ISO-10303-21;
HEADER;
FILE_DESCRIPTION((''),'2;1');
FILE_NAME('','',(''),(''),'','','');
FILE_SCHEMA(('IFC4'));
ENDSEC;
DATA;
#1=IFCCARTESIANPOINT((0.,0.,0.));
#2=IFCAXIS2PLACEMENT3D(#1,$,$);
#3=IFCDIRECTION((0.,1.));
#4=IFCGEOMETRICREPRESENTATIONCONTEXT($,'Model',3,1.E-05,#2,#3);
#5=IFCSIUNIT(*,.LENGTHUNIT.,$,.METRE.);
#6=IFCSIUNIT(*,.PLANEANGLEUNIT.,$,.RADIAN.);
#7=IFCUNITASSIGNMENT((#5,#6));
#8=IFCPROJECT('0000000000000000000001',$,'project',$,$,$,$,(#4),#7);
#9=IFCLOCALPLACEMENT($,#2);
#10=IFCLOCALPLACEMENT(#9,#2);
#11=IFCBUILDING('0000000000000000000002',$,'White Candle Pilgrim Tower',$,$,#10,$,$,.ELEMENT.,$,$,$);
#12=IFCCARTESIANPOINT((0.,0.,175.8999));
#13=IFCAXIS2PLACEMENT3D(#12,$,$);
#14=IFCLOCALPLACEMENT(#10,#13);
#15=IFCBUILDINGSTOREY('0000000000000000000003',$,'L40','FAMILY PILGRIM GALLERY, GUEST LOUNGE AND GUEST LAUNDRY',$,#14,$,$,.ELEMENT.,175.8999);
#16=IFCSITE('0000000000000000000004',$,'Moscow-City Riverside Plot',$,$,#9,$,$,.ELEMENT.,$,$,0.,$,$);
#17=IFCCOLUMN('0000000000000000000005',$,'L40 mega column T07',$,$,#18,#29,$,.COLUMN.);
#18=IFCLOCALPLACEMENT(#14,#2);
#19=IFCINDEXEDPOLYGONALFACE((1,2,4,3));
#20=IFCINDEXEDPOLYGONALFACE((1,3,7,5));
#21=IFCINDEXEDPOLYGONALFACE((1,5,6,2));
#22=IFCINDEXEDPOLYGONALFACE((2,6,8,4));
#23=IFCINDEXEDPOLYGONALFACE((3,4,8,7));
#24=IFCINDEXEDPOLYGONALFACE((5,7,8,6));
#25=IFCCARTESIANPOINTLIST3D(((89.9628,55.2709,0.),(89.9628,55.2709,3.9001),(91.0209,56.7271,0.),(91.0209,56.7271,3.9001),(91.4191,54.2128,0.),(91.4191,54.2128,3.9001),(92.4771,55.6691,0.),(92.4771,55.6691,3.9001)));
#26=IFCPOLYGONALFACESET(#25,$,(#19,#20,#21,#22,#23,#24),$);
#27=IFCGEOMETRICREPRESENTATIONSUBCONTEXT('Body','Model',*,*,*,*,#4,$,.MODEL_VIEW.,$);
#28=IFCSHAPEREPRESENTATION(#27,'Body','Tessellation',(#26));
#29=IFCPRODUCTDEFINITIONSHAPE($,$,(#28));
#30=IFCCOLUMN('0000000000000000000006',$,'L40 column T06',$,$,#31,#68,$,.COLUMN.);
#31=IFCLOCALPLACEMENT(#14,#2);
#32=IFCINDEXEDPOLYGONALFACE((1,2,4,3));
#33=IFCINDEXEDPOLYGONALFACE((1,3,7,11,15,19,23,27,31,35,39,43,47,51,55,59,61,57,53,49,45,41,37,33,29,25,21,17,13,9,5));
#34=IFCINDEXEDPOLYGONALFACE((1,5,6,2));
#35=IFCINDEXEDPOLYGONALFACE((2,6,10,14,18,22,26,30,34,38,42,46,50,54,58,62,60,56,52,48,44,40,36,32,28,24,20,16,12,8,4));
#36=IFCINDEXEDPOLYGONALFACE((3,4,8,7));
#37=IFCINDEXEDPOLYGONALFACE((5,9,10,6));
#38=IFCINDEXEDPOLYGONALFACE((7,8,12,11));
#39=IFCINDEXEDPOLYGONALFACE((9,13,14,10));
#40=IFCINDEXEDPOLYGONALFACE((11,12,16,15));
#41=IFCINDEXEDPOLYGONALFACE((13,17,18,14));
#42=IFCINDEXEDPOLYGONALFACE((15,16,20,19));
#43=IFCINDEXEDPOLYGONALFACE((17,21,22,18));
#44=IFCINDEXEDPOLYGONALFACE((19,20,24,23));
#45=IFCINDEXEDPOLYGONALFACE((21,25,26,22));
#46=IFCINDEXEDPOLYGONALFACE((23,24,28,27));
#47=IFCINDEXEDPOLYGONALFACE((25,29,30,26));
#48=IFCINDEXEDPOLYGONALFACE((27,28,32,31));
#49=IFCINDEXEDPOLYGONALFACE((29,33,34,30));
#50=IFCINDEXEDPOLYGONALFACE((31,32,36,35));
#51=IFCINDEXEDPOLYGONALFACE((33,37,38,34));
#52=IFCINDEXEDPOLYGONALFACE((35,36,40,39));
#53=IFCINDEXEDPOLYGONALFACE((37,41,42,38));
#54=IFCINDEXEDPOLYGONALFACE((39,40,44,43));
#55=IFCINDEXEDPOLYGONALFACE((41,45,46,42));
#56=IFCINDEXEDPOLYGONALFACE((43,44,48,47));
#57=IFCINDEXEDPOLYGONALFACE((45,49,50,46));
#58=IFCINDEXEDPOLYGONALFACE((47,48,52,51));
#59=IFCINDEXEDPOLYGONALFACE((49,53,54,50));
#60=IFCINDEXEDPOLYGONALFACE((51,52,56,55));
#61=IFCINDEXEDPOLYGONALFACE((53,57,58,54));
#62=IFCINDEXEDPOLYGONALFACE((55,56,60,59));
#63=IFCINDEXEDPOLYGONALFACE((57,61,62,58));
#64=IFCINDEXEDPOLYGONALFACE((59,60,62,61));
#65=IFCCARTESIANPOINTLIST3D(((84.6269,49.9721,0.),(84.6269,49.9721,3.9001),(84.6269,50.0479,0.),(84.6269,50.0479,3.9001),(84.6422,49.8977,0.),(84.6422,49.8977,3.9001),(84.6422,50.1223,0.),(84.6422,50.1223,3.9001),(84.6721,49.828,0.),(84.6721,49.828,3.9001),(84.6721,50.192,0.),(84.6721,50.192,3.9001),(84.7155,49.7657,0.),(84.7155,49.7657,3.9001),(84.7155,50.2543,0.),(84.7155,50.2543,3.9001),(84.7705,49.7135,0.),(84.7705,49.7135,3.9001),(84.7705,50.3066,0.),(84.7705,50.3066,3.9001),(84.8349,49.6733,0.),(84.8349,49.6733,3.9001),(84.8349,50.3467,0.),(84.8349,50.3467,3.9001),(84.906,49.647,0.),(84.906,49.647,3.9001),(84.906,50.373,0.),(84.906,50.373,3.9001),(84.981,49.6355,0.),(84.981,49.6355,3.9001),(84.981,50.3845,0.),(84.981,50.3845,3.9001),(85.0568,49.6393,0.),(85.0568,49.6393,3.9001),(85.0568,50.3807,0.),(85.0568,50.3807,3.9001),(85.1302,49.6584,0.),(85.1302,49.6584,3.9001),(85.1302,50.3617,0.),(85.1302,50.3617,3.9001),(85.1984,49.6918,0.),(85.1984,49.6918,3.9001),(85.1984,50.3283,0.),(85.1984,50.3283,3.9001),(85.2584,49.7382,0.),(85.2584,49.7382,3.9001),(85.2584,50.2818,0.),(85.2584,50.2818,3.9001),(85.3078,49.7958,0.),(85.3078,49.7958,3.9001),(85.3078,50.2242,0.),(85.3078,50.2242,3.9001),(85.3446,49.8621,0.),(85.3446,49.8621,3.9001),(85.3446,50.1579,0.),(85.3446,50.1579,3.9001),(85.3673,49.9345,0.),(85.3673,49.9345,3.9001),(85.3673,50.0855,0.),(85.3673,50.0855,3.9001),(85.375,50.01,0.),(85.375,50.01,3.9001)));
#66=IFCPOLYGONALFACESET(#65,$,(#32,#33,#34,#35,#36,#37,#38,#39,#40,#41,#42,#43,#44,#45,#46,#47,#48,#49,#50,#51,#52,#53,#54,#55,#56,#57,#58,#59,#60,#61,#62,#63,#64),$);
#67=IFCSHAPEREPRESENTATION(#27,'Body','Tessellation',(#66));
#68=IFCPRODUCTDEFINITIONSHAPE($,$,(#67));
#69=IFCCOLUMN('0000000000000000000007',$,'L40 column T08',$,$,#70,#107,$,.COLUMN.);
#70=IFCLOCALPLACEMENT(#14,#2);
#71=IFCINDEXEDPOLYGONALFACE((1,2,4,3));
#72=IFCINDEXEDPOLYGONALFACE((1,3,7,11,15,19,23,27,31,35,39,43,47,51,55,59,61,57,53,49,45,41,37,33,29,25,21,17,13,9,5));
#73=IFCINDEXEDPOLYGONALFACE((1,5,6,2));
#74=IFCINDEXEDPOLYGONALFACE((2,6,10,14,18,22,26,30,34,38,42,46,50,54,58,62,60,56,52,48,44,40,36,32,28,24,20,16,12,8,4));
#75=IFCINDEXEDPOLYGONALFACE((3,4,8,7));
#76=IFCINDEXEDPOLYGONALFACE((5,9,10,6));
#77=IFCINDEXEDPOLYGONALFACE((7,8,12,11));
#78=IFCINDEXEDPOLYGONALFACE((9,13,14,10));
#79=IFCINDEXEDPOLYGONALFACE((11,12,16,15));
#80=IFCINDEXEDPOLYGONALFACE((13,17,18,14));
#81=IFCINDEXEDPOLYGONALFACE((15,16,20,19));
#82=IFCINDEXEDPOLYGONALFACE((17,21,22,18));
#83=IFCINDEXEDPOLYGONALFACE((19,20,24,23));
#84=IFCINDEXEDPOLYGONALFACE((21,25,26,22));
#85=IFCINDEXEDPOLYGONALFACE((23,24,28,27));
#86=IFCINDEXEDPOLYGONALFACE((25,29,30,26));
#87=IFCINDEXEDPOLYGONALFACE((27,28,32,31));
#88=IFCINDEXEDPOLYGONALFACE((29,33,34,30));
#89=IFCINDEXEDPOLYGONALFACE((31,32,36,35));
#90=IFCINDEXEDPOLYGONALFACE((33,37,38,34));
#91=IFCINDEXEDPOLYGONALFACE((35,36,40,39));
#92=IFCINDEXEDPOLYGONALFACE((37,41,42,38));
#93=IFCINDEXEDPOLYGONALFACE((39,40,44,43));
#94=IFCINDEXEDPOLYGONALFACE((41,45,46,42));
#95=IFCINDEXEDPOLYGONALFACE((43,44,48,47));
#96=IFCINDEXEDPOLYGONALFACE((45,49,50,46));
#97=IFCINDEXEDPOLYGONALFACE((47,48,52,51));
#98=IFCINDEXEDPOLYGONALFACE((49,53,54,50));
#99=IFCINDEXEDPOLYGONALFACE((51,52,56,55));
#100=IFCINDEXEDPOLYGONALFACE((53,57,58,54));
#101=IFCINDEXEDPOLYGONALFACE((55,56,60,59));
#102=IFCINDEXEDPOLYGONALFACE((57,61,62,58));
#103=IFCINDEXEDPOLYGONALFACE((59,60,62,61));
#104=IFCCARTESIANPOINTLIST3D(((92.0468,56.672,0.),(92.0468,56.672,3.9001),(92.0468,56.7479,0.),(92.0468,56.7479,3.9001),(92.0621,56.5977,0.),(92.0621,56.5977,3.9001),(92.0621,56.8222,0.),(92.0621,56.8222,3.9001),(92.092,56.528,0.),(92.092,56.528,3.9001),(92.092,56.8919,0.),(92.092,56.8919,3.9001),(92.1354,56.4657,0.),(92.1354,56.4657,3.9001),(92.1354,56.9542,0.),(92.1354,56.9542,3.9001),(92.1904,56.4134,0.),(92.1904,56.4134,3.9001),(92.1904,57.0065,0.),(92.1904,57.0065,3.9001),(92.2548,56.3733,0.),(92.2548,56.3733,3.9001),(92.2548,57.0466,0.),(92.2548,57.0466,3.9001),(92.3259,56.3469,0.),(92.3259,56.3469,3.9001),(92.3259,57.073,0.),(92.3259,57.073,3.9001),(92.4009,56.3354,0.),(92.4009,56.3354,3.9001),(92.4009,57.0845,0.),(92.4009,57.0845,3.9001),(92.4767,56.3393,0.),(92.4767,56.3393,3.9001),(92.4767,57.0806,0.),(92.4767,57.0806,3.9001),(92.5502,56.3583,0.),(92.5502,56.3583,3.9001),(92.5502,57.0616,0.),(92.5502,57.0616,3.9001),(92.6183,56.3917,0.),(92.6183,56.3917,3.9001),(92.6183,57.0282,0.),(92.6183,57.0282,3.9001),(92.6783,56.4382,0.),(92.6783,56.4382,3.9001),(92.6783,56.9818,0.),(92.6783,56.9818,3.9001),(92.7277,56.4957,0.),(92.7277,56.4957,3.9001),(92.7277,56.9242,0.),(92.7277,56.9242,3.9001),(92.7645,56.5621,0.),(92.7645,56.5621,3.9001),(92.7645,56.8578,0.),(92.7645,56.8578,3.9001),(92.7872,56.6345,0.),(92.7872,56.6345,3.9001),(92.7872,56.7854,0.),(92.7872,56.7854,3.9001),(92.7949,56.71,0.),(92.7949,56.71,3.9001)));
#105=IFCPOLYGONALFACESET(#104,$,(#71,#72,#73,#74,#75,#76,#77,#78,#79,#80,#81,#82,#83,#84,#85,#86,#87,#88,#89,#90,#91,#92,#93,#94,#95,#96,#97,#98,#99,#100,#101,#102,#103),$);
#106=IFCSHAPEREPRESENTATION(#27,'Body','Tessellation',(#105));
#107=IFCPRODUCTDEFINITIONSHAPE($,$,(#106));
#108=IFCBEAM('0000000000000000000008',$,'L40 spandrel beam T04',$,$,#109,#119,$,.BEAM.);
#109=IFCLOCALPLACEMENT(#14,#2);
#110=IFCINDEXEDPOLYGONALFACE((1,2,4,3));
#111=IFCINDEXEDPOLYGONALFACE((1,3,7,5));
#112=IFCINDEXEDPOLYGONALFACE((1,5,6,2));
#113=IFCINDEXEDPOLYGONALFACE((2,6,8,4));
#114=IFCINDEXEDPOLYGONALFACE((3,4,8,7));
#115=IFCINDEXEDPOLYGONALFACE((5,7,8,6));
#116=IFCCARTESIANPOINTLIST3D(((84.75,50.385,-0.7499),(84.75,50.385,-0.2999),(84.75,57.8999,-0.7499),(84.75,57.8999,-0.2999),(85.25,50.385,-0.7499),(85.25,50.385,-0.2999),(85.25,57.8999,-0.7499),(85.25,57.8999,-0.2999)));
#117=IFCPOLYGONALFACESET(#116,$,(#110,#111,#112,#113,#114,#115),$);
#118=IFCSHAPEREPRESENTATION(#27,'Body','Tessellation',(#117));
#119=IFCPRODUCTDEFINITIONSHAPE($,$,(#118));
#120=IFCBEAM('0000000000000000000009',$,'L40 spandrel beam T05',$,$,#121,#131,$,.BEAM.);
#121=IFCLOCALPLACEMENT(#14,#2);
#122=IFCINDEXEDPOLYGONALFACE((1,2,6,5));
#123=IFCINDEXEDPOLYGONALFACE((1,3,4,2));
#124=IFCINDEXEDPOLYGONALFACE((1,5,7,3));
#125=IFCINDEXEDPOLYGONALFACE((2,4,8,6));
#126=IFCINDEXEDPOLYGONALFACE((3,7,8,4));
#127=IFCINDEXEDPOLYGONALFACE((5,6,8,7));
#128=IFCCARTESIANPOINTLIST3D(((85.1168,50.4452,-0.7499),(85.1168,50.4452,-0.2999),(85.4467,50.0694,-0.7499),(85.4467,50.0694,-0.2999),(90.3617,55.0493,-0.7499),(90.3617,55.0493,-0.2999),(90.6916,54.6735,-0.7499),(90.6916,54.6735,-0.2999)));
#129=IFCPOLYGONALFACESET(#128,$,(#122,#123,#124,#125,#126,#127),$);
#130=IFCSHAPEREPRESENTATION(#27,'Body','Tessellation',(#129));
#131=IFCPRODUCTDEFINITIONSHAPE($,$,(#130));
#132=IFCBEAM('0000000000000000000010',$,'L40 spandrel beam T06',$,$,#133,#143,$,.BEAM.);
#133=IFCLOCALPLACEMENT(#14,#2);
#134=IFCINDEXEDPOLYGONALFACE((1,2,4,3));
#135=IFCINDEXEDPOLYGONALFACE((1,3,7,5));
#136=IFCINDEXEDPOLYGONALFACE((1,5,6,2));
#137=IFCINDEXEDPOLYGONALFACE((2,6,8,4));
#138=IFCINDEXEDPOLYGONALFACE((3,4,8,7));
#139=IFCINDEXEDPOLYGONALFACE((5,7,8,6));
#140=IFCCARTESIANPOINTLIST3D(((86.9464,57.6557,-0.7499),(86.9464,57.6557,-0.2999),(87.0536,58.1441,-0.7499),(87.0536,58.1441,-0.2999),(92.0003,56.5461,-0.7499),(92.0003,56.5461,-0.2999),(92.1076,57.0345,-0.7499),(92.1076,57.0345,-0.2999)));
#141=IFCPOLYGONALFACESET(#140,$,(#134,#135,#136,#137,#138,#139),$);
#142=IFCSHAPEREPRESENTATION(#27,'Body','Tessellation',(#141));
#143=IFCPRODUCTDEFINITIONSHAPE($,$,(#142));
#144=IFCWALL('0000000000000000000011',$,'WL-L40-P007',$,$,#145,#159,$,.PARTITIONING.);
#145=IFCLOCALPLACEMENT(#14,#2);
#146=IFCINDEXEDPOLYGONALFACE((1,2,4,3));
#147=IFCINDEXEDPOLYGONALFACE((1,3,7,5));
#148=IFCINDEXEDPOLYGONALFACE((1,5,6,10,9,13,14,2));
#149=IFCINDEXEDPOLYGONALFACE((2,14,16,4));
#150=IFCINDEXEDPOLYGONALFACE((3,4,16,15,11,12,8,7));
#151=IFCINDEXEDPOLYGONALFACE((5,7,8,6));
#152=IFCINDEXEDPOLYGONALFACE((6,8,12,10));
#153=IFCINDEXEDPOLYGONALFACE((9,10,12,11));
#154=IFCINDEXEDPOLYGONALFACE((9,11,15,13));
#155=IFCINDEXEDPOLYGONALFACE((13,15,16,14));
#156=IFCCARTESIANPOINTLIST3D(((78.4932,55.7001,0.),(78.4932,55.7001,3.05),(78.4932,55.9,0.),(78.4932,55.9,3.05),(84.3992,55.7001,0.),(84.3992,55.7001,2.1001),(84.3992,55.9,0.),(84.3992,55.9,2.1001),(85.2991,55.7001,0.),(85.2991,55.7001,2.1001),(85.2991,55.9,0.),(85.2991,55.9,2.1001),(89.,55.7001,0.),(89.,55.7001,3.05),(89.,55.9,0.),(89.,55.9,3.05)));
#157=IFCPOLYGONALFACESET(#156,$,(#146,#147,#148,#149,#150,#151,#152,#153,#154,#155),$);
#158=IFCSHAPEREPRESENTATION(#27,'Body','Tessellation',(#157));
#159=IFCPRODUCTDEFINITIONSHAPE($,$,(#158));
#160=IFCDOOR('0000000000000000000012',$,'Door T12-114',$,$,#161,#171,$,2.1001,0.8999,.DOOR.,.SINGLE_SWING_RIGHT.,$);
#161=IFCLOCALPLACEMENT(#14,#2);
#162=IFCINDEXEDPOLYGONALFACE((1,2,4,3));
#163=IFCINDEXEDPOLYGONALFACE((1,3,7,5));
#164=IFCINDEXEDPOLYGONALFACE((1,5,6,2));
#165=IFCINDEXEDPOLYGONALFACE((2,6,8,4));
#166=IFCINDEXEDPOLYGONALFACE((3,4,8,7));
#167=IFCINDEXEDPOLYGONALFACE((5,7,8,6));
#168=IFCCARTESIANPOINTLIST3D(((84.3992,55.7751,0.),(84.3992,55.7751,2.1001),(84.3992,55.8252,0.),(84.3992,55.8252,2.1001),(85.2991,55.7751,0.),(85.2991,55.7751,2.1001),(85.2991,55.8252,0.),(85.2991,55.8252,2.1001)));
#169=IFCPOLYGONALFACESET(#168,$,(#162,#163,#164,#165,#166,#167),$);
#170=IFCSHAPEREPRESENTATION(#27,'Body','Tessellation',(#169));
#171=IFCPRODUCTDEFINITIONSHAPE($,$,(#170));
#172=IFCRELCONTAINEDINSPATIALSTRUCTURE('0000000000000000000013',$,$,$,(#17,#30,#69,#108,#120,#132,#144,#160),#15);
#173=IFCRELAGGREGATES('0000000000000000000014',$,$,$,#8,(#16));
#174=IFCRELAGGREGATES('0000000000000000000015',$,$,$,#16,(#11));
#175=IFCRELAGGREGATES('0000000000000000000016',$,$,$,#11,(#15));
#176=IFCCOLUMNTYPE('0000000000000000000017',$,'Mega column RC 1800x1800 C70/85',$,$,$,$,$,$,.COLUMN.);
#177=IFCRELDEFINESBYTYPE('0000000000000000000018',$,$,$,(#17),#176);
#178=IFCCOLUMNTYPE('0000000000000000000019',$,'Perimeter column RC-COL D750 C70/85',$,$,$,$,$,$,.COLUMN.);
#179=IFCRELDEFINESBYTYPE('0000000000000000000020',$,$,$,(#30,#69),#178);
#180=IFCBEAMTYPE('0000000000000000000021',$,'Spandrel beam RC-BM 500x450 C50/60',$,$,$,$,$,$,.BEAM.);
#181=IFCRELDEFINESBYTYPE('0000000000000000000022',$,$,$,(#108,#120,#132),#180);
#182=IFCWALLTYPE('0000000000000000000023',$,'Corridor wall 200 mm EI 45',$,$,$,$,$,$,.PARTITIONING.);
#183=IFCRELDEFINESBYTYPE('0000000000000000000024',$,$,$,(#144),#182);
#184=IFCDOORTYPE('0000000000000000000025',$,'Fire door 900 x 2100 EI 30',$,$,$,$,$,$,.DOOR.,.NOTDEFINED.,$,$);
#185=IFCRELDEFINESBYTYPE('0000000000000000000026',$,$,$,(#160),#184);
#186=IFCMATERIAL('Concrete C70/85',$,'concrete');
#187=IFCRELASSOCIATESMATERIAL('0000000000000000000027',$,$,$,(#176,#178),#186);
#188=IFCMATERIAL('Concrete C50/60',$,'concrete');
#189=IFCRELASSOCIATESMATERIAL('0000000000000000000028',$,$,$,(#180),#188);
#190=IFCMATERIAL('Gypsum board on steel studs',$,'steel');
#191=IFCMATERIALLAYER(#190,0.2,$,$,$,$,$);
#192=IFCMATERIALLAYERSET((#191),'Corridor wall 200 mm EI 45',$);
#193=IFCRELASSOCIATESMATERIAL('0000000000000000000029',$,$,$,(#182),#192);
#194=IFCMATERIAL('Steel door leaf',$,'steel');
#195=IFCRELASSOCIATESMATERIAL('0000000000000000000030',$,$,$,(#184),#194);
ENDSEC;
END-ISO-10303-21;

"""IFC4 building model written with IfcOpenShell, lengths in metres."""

from ifc_helpers import new_model, si_unit, direction, frame, frame_2d, origin, origin_2d, place, context, subcontext, project, spatial, rectangle, circle, extrude, material, layer, layer_set, material_profile, profile_set, type_object, element, fill, save


model = new_model("IFC4")

# Units and contexts
model_context = context("Model", 3, precision=1e-05, world=origin(), true_north=direction((0.0, 1.0)))
body_context = subcontext(model_context, "Body", "Model", "MODEL_VIEW")
ifc_project = project(units=[si_unit("LENGTHUNIT", "METRE"), si_unit("PLANEANGLEUNIT", "RADIAN")], contexts=[model_context])

# Site, building, storey
site_placement = place(None, origin())
site = spatial("IfcSite", under=ifc_project, at=site_placement, Name="Moscow-City Riverside Plot", CompositionType="ELEMENT", RefElevation=0.0)
building_placement = place(site_placement, origin())
building = spatial("IfcBuilding", under=site, at=building_placement, Name="White Candle Pilgrim Tower", CompositionType="ELEMENT")
storey_placement = place(building_placement, frame((0.0, 0.0, 175.8999)))
storey = spatial("IfcBuildingStorey", under=building, at=storey_placement, Name="L40", Description="FAMILY PILGRIM GALLERY, GUEST LOUNGE AND GUEST LAUNDRY", CompositionType="ELEMENT", Elevation=175.8999)

# Columns
ifc_material_1 = material(Name="Concrete C70/85", Category="concrete")
ifc_material_profile_1 = material_profile(ifc_material_1, rectangle(XDim=1.8, YDim=1.8, at=origin_2d()), Name="RC 1800x1800")
ifc_profile_set_1 = profile_set([ifc_material_profile_1], Name="Concrete C70/85")
column_type_1 = type_object("IfcColumnType", Name="Mega column RC 1800x1800 C70/85", PredefinedType="COLUMN", material=ifc_profile_set_1)
column_placement = place(storey_placement, frame((91.22, 55.47, 0.0), z_axis=(0.0, 0.0, 1.0), x_axis=(0.809017, -0.587785, 0.0)))
element("IfcColumn", 1, at=column_placement, inside=storey, type_object=column_type_1, Name="L40 mega column T07", PredefinedType="COLUMN", context=body_context, shape_type="SweptSolid", body=[
    extrude(rectangle(XDim=1.8, YDim=1.8, at=origin_2d()), origin(), (0.0, 0.0, 1.0), 3.9001),
])
ifc_material_profile_2 = material_profile(ifc_material_1, circle(Radius=0.375, at=origin_2d()), Name="RC-COL D750")
ifc_profile_set_2 = profile_set([ifc_material_profile_2], Name="Concrete C70/85")
column_type_2 = type_object("IfcColumnType", Name="Perimeter column RC-COL D750 C70/85", PredefinedType="COLUMN", material=ifc_profile_set_2)
for number, where, z_axis, x_axis, name in (
    (2, (85.0, 50.01, 0.0), (0.0, 0.0, 1.0), (1.0, 0.0, 0.0), "L40 column T06"),
    (3, (92.4199, 56.71, 0.0), (0.0, 0.0, 1.0), (1.0, 0.0, 0.0), "L40 column T08"),
):
    element("IfcColumn", number, at=place(storey_placement, frame(where, z_axis=z_axis, x_axis=x_axis)), inside=storey, type_object=column_type_2, Name=name, PredefinedType="COLUMN", context=body_context, shape_type="SweptSolid", body=[
        extrude(circle(Radius=0.375, at=origin_2d()), origin(), (0.0, 0.0, 1.0), 3.9001),
    ])

# Beams
ifc_material_2 = material(Name="Concrete C50/60", Category="concrete")
ifc_material_profile_3 = material_profile(ifc_material_2, rectangle(XDim=0.5, YDim=0.45, at=origin_2d()), Name="RC-BM 500x450")
ifc_profile_set_3 = profile_set([ifc_material_profile_3], Name="Concrete C50/60")
beam_type = type_object("IfcBeamType", Name="Spandrel beam RC-BM 500x450 C50/60", PredefinedType="BEAM", material=ifc_profile_set_3)
beam_1_placement = place(storey_placement, frame((85.0, 50.385, -0.5249), z_axis=(0.0, 1.0, 0.0), x_axis=(-1.0, 0.0, 0.0)))
element("IfcBeam", 4, at=beam_1_placement, inside=storey, type_object=beam_type, Name="L40 spandrel beam T04", PredefinedType="BEAM", context=body_context, shape_type="SweptSolid", body=[
    extrude(rectangle(XDim=0.5, YDim=0.45, at=origin_2d()), origin(), (0.0, 0.0, 1.0), 7.5149),
])
beam_2_placement = place(storey_placement, frame((85.2817, 50.2573, -0.5249), z_axis=(0.751529, 0.6597, 0.0), x_axis=(-0.6597, 0.751529, 0.0)))
element("IfcBeam", 5, at=beam_2_placement, inside=storey, type_object=beam_type, Name="L40 spandrel beam T05", PredefinedType="BEAM", context=body_context, shape_type="SweptSolid", body=[
    extrude(rectangle(XDim=0.5, YDim=0.45, at=origin_2d()), origin(), (0.0, 0.0, 1.0), 6.979),
])
beam_3_placement = place(storey_placement, frame((92.054, 56.7903, -0.5249), z_axis=(-0.976736, 0.214447, 0.0), x_axis=(-0.214447, -0.976736, 0.0)))
element("IfcBeam", 6, at=beam_3_placement, inside=storey, type_object=beam_type, Name="L40 spandrel beam T06", PredefinedType="BEAM", context=body_context, shape_type="SweptSolid", body=[
    extrude(rectangle(XDim=0.5, YDim=0.45, at=origin_2d()), origin(), (0.0, 0.0, 1.0), 5.1743),
])

# Wall, opening, door
ifc_material_3 = material(Name="Gypsum board on steel studs", Category="steel")
ifc_layer_1 = layer(ifc_material_3, 0.2)
ifc_layer_set_1 = layer_set([ifc_layer_1], Name="Corridor wall 200 mm EI 45")
wall_type_1 = type_object("IfcWallType", Name="Corridor wall 200 mm EI 45", PredefinedType="PARTITIONING", material=ifc_layer_set_1)
wall_1_placement = place(storey_placement, frame((89.0, 55.8, 0.0), z_axis=(0.0, 0.0, 1.0), x_axis=(-1.0, 0.0, 0.0)))
wall_1 = element("IfcWall", 7, at=wall_1_placement, inside=storey, type_object=wall_type_1, Name="WL-L40-P007", PredefinedType="PARTITIONING", context=body_context, shape_type="SweptSolid", body=[
    extrude(rectangle(XDim=10.5068, YDim=0.2, at=frame_2d((5.2534, 0.0))), origin(), (0.0, 0.0, 1.0), 3.05),
])
opening_1_placement = place(wall_1_placement, frame((3.7009, 0.0, 0.0)))
opening_1 = element("IfcOpeningElement", 8, at=opening_1_placement, cuts=wall_1, PredefinedType="OPENING", context=body_context, shape_type="SweptSolid", body=[
    extrude(rectangle(XDim=0.8999, YDim=2.1001, at=frame_2d((0.45, 1.05))), frame((0.0, 0.1099, 0.0), z_axis=(0.0, -1.0, 0.0), x_axis=(1.0, 0.0, 0.0)), (0.0, 0.0, 1.0), 0.22),
])
ifc_material_4 = material(Name="Steel door leaf", Category="steel")
door_type_1 = type_object("IfcDoorType", Name="Fire door 900 x 2100 EI 30", OperationType="NOTDEFINED", PredefinedType="DOOR", material=ifc_material_4)
door_1_placement = place(opening_1_placement, origin())
door_1 = element("IfcDoor", 9, at=door_1_placement, inside=storey, type_object=door_type_1, Name="Door T12-114", OperationType="SINGLE_SWING_RIGHT", OverallHeight=2.1001, OverallWidth=0.8999, PredefinedType="DOOR", context=body_context, shape_type="SweptSolid", body=[
    extrude(rectangle(XDim=0.8999, YDim=2.1001, at=frame_2d((0.45, 1.05))), frame((0.0, 0.0249, 0.0), z_axis=(0.0, -1.0, 0.0), x_axis=(1.0, 0.0, 0.0)), (0.0, 0.0, 1.0), 0.05),
])
fill(opening_1, door_1)

save(model, "model.ifc")
